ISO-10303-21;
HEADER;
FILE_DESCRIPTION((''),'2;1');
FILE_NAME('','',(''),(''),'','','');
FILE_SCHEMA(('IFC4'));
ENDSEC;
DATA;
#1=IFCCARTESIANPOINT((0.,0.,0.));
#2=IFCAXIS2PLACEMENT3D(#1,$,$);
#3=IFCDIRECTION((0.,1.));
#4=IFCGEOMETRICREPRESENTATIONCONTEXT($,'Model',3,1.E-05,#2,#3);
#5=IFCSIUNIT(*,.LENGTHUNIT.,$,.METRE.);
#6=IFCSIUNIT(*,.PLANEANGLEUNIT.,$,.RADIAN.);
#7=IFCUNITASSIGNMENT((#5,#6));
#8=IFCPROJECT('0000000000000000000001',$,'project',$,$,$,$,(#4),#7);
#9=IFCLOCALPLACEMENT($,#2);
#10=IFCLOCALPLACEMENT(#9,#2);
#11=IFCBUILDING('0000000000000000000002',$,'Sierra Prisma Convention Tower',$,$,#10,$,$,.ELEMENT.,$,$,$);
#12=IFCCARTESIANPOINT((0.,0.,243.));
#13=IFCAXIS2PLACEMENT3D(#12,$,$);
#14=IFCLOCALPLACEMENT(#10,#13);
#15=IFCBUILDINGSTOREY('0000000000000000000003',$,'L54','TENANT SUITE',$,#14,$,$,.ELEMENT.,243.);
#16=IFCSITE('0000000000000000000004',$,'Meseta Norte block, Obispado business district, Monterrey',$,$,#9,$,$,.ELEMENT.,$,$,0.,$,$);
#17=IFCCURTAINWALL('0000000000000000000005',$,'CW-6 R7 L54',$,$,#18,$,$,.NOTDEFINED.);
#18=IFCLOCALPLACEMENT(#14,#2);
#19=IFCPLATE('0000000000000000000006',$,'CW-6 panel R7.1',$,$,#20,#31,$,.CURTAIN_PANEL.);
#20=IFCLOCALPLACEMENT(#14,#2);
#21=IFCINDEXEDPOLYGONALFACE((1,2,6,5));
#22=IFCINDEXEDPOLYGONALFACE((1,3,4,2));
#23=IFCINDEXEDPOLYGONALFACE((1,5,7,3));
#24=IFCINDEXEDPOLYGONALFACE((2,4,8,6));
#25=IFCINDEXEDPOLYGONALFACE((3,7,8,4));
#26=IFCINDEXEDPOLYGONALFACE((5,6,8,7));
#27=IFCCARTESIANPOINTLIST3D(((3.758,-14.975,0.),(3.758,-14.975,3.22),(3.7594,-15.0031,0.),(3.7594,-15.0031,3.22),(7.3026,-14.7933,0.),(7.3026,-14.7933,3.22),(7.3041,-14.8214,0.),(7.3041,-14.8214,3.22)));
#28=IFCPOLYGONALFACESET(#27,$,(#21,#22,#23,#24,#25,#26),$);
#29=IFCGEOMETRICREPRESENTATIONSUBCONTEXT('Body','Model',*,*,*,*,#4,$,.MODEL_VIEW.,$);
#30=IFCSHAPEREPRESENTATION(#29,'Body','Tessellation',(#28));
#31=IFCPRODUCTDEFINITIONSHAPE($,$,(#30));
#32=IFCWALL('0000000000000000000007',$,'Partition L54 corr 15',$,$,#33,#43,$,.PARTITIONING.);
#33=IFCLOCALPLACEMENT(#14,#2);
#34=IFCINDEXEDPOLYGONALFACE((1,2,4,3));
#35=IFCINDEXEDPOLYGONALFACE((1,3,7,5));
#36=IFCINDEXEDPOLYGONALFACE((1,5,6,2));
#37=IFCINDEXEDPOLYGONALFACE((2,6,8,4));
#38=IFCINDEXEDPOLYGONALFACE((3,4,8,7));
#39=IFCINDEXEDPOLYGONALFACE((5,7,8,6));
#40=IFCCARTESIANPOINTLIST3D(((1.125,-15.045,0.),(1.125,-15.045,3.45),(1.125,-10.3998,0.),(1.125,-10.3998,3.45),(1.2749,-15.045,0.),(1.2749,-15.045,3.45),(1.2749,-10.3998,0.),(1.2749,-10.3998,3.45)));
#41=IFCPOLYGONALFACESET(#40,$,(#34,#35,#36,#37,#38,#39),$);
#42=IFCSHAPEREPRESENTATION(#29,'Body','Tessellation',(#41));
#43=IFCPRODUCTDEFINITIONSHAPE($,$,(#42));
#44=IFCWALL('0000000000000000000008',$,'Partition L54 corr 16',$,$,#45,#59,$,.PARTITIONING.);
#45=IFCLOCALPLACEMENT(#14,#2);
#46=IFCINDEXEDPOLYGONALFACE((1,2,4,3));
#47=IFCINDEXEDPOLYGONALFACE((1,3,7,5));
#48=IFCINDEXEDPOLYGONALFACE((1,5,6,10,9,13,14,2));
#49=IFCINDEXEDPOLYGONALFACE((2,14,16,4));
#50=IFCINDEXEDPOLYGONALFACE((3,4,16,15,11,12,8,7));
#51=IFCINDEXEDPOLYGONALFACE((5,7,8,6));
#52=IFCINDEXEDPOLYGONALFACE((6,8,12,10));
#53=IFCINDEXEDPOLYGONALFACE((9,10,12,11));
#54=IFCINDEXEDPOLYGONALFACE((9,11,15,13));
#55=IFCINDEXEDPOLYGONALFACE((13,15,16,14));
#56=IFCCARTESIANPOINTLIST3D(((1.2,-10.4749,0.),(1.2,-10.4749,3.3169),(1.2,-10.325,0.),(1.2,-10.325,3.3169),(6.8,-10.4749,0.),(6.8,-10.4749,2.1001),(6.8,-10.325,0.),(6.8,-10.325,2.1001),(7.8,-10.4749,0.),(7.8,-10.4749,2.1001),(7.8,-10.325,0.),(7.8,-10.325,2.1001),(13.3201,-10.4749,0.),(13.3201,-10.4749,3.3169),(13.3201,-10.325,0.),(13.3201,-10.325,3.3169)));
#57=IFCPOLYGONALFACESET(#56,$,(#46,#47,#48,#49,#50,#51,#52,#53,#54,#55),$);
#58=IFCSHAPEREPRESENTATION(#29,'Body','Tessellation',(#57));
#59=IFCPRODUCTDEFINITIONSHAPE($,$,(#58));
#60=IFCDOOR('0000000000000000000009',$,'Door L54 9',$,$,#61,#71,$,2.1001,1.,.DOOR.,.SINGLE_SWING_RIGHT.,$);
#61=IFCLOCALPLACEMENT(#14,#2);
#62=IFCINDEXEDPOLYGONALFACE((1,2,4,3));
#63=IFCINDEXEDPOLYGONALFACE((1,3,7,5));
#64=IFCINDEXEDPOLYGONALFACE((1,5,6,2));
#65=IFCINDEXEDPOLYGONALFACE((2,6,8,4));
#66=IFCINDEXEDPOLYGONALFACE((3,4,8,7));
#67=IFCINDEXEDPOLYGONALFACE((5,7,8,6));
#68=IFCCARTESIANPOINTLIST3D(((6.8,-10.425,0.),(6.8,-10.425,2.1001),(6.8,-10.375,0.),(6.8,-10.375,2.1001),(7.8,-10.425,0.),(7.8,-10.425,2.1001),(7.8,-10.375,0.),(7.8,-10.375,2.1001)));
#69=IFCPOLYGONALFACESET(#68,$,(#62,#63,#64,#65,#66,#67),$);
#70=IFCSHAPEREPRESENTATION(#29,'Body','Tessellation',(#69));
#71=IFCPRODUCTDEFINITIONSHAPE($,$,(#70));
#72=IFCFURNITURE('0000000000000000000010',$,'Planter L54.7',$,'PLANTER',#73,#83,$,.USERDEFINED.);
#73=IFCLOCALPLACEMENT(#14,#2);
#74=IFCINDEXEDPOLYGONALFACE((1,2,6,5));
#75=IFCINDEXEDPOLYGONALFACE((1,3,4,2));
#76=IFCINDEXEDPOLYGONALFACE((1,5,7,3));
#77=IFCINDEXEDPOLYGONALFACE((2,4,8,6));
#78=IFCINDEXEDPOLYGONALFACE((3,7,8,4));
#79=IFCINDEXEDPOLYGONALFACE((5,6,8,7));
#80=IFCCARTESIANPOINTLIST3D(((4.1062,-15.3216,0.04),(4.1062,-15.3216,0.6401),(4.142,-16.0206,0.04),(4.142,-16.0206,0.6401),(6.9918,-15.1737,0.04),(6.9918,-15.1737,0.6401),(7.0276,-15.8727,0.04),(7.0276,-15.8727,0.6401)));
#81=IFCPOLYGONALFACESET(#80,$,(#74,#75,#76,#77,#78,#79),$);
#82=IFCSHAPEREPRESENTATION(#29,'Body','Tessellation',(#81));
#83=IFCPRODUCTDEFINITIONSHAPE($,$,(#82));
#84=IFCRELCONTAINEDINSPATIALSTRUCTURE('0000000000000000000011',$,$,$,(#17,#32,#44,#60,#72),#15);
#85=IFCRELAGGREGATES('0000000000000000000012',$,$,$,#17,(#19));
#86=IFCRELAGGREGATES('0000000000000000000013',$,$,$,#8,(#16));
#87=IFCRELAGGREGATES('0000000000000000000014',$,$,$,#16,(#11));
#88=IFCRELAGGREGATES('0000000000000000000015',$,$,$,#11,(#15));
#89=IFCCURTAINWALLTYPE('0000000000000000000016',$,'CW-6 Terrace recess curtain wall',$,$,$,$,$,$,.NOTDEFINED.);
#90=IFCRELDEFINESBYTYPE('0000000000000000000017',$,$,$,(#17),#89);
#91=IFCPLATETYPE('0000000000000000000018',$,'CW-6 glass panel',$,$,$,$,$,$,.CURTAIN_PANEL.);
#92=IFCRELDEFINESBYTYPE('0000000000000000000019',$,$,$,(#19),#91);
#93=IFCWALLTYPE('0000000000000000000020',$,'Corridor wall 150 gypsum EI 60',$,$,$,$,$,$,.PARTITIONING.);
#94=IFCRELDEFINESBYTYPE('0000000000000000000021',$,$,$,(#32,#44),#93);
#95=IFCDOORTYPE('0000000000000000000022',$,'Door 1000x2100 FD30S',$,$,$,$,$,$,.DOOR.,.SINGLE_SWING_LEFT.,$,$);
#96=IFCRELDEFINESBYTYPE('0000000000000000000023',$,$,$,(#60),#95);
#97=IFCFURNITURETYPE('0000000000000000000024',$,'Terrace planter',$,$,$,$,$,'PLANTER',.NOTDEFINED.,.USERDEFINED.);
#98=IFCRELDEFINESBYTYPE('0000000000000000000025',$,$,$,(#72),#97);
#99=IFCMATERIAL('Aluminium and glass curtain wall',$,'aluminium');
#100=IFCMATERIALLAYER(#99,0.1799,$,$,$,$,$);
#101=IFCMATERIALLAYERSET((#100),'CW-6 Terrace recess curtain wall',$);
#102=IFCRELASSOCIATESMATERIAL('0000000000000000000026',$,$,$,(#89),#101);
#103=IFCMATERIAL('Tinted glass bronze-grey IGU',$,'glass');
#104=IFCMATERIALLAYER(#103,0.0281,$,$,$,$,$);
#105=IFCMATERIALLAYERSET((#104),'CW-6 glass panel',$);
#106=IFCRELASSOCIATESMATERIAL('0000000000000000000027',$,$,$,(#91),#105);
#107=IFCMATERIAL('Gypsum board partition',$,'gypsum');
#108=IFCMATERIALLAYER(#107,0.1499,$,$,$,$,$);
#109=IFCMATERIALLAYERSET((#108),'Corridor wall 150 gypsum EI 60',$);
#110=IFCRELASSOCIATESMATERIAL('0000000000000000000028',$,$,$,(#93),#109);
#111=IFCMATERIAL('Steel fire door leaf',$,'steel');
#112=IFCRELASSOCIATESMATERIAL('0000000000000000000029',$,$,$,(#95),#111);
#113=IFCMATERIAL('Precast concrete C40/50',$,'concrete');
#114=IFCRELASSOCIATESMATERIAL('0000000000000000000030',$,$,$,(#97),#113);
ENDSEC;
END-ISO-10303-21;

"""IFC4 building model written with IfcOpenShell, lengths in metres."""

from ifc_helpers import new_model, si_unit, direction, frame, frame_2d, origin, origin_2d, place, context, subcontext, project, spatial, rectangle, extrude, material, layer, layer_set, type_object, element, fill, aggregate, save


model = new_model("IFC4")

# Units and contexts
model_context = context("Model", 3, precision=1e-05, world=origin(), true_north=direction((0.0, 1.0)))
body_context = subcontext(model_context, "Body", "Model", "MODEL_VIEW")
ifc_project = project(units=[si_unit("LENGTHUNIT", "METRE"), si_unit("PLANEANGLEUNIT", "RADIAN")], contexts=[model_context])

# Site, building, storey
site_placement = place(None, origin())
site = spatial("IfcSite", under=ifc_project, at=site_placement, Name="Meseta Norte block, Obispado business district, Monterrey", CompositionType="ELEMENT", RefElevation=0.0)
building_placement = place(site_placement, origin())
building = spatial("IfcBuilding", under=site, at=building_placement, Name="Sierra Prisma Convention Tower", CompositionType="ELEMENT")
storey_placement = place(building_placement, frame((0.0, 0.0, 243.0)))
storey = spatial("IfcBuildingStorey", under=building, at=storey_placement, Name="L54", Description="TENANT SUITE", CompositionType="ELEMENT", Elevation=243.0)

# Curtain wall
ifc_material_1 = material(Name="Aluminium and glass curtain wall", Category="aluminium")
ifc_layer_1 = layer(ifc_material_1, 0.1799)
ifc_layer_set_1 = layer_set([ifc_layer_1], Name="CW-6 Terrace recess curtain wall")
curtain_wall_type = type_object("IfcCurtainWallType", Name="CW-6 Terrace recess curtain wall", PredefinedType="NOTDEFINED", material=ifc_layer_set_1)
curtain_wall_1_placement = place(storey_placement, origin())
curtain_wall_1 = element("IfcCurtainWall", 1, at=curtain_wall_1_placement, inside=storey, type_object=curtain_wall_type, Name="CW-6 R7 L54", PredefinedType="NOTDEFINED")

# Plate
ifc_material_2 = material(Name="Tinted glass bronze-grey IGU", Category="glass")
ifc_layer_2 = layer(ifc_material_2, 0.0281)
ifc_layer_set_2 = layer_set([ifc_layer_2], Name="CW-6 glass panel")
plate_type = type_object("IfcPlateType", Name="CW-6 glass panel", PredefinedType="CURTAIN_PANEL", material=ifc_layer_set_2)
plate_1_placement = place(storey_placement, frame((5.531, -14.8982, 0.0), z_axis=(0.0, 0.0, 1.0), x_axis=(0.998689, 0.051193, 0.0)))
plate_1 = element("IfcPlate", 2, at=plate_1_placement, type_object=plate_type, Name="CW-6 panel R7.1", PredefinedType="CURTAIN_PANEL", context=body_context, shape_type="SweptSolid", body=[
    extrude(rectangle(XDim=3.5493, YDim=0.0281, at=origin_2d()), origin(), (0.0, 0.0, 1.0), 3.22),
])
aggregate(curtain_wall_1, [plate_1])

# Wall
ifc_material_3 = material(Name="Gypsum board partition", Category="gypsum")
ifc_layer_3 = layer(ifc_material_3, 0.1499)
ifc_layer_set_3 = layer_set([ifc_layer_3], Name="Corridor wall 150 gypsum EI 60")
wall_type_1 = type_object("IfcWallType", Name="Corridor wall 150 gypsum EI 60", PredefinedType="PARTITIONING", material=ifc_layer_set_3)
wall_1_placement = place(storey_placement, frame((1.2, -15.0452, 0.0), z_axis=(0.0, 0.0, 1.0), x_axis=(0.0, 1.0, 0.0)))
element("IfcWall", 3, at=wall_1_placement, inside=storey, type_object=wall_type_1, Name="Partition L54 corr 15", PredefinedType="PARTITIONING", context=body_context, shape_type="SweptSolid", body=[
    extrude(rectangle(XDim=4.6453, YDim=0.1499, at=frame_2d((2.3228, 0.0))), origin(), (0.0, 0.0, 1.0), 3.45),
])

# Wall, opening, door
wall_2_placement = place(storey_placement, frame((1.2, -10.3999, 0.0), z_axis=(0.0, 0.0, 1.0), x_axis=(1.0, 0.0, 0.0)))
wall_2 = element("IfcWall", 4, at=wall_2_placement, inside=storey, type_object=wall_type_1, Name="Partition L54 corr 16", PredefinedType="PARTITIONING", context=body_context, shape_type="SweptSolid", body=[
    extrude(rectangle(XDim=12.1201, YDim=0.1499, at=frame_2d((6.0601, 0.0))), origin(), (0.0, 0.0, 1.0), 3.3169),
])
opening_1_placement = place(wall_2_placement, frame((5.6001, 0.0, 0.0)))
opening_1 = element("IfcOpeningElement", 5, at=opening_1_placement, cuts=wall_2, PredefinedType="OPENING", context=body_context, shape_type="SweptSolid", body=[
    extrude(rectangle(XDim=1.0, YDim=2.1001, at=frame_2d((0.5, 1.05))), frame((0.0, 0.075, 0.0), z_axis=(0.0, -1.0, 0.0), x_axis=(1.0, 0.0, 0.0)), (0.0, 0.0, 1.0), 0.1499),
])
ifc_material_4 = material(Name="Steel fire door leaf", Category="steel")
door_type_1 = type_object("IfcDoorType", Name="Door 1000x2100 FD30S", OperationType="SINGLE_SWING_LEFT", PredefinedType="DOOR", material=ifc_material_4)
door_1_placement = place(opening_1_placement, origin())
door_1 = element("IfcDoor", 6, at=door_1_placement, inside=storey, type_object=door_type_1, Name="Door L54 9", OperationType="SINGLE_SWING_RIGHT", OverallHeight=2.1001, OverallWidth=1.0, PredefinedType="DOOR", context=body_context, shape_type="SweptSolid", body=[
    extrude(rectangle(XDim=1.0, YDim=2.1001, at=frame_2d((0.5, 1.05))), frame((0.0, 0.0249, 0.0), z_axis=(0.0, -1.0, 0.0), x_axis=(1.0, 0.0, 0.0)), (0.0, 0.0, 1.0), 0.05),
])
fill(opening_1, door_1)

# Furniture
ifc_material_5 = material(Name="Precast concrete C40/50", Category="concrete")
furniture_type = type_object("IfcFurnitureType", Name="Terrace planter", ElementType="PLANTER", AssemblyPlace="NOTDEFINED", PredefinedType="USERDEFINED", material=ifc_material_5)
furniture_placement = place(storey_placement, frame((5.5669, -15.5972, 0.04), z_axis=(0.0, 0.0, 1.0), x_axis=(0.998689, 0.051193, 0.0)))
element("IfcFurniture", 7, at=furniture_placement, inside=storey, type_object=furniture_type, Name="Planter L54.7", ObjectType="PLANTER", PredefinedType="USERDEFINED", context=body_context, shape_type="SweptSolid", body=[
    extrude(rectangle(XDim=2.8894, YDim=0.7, at=origin_2d()), origin(), (0.0, 0.0, 1.0), 0.6001),
])

save(model, "model.ifc")
